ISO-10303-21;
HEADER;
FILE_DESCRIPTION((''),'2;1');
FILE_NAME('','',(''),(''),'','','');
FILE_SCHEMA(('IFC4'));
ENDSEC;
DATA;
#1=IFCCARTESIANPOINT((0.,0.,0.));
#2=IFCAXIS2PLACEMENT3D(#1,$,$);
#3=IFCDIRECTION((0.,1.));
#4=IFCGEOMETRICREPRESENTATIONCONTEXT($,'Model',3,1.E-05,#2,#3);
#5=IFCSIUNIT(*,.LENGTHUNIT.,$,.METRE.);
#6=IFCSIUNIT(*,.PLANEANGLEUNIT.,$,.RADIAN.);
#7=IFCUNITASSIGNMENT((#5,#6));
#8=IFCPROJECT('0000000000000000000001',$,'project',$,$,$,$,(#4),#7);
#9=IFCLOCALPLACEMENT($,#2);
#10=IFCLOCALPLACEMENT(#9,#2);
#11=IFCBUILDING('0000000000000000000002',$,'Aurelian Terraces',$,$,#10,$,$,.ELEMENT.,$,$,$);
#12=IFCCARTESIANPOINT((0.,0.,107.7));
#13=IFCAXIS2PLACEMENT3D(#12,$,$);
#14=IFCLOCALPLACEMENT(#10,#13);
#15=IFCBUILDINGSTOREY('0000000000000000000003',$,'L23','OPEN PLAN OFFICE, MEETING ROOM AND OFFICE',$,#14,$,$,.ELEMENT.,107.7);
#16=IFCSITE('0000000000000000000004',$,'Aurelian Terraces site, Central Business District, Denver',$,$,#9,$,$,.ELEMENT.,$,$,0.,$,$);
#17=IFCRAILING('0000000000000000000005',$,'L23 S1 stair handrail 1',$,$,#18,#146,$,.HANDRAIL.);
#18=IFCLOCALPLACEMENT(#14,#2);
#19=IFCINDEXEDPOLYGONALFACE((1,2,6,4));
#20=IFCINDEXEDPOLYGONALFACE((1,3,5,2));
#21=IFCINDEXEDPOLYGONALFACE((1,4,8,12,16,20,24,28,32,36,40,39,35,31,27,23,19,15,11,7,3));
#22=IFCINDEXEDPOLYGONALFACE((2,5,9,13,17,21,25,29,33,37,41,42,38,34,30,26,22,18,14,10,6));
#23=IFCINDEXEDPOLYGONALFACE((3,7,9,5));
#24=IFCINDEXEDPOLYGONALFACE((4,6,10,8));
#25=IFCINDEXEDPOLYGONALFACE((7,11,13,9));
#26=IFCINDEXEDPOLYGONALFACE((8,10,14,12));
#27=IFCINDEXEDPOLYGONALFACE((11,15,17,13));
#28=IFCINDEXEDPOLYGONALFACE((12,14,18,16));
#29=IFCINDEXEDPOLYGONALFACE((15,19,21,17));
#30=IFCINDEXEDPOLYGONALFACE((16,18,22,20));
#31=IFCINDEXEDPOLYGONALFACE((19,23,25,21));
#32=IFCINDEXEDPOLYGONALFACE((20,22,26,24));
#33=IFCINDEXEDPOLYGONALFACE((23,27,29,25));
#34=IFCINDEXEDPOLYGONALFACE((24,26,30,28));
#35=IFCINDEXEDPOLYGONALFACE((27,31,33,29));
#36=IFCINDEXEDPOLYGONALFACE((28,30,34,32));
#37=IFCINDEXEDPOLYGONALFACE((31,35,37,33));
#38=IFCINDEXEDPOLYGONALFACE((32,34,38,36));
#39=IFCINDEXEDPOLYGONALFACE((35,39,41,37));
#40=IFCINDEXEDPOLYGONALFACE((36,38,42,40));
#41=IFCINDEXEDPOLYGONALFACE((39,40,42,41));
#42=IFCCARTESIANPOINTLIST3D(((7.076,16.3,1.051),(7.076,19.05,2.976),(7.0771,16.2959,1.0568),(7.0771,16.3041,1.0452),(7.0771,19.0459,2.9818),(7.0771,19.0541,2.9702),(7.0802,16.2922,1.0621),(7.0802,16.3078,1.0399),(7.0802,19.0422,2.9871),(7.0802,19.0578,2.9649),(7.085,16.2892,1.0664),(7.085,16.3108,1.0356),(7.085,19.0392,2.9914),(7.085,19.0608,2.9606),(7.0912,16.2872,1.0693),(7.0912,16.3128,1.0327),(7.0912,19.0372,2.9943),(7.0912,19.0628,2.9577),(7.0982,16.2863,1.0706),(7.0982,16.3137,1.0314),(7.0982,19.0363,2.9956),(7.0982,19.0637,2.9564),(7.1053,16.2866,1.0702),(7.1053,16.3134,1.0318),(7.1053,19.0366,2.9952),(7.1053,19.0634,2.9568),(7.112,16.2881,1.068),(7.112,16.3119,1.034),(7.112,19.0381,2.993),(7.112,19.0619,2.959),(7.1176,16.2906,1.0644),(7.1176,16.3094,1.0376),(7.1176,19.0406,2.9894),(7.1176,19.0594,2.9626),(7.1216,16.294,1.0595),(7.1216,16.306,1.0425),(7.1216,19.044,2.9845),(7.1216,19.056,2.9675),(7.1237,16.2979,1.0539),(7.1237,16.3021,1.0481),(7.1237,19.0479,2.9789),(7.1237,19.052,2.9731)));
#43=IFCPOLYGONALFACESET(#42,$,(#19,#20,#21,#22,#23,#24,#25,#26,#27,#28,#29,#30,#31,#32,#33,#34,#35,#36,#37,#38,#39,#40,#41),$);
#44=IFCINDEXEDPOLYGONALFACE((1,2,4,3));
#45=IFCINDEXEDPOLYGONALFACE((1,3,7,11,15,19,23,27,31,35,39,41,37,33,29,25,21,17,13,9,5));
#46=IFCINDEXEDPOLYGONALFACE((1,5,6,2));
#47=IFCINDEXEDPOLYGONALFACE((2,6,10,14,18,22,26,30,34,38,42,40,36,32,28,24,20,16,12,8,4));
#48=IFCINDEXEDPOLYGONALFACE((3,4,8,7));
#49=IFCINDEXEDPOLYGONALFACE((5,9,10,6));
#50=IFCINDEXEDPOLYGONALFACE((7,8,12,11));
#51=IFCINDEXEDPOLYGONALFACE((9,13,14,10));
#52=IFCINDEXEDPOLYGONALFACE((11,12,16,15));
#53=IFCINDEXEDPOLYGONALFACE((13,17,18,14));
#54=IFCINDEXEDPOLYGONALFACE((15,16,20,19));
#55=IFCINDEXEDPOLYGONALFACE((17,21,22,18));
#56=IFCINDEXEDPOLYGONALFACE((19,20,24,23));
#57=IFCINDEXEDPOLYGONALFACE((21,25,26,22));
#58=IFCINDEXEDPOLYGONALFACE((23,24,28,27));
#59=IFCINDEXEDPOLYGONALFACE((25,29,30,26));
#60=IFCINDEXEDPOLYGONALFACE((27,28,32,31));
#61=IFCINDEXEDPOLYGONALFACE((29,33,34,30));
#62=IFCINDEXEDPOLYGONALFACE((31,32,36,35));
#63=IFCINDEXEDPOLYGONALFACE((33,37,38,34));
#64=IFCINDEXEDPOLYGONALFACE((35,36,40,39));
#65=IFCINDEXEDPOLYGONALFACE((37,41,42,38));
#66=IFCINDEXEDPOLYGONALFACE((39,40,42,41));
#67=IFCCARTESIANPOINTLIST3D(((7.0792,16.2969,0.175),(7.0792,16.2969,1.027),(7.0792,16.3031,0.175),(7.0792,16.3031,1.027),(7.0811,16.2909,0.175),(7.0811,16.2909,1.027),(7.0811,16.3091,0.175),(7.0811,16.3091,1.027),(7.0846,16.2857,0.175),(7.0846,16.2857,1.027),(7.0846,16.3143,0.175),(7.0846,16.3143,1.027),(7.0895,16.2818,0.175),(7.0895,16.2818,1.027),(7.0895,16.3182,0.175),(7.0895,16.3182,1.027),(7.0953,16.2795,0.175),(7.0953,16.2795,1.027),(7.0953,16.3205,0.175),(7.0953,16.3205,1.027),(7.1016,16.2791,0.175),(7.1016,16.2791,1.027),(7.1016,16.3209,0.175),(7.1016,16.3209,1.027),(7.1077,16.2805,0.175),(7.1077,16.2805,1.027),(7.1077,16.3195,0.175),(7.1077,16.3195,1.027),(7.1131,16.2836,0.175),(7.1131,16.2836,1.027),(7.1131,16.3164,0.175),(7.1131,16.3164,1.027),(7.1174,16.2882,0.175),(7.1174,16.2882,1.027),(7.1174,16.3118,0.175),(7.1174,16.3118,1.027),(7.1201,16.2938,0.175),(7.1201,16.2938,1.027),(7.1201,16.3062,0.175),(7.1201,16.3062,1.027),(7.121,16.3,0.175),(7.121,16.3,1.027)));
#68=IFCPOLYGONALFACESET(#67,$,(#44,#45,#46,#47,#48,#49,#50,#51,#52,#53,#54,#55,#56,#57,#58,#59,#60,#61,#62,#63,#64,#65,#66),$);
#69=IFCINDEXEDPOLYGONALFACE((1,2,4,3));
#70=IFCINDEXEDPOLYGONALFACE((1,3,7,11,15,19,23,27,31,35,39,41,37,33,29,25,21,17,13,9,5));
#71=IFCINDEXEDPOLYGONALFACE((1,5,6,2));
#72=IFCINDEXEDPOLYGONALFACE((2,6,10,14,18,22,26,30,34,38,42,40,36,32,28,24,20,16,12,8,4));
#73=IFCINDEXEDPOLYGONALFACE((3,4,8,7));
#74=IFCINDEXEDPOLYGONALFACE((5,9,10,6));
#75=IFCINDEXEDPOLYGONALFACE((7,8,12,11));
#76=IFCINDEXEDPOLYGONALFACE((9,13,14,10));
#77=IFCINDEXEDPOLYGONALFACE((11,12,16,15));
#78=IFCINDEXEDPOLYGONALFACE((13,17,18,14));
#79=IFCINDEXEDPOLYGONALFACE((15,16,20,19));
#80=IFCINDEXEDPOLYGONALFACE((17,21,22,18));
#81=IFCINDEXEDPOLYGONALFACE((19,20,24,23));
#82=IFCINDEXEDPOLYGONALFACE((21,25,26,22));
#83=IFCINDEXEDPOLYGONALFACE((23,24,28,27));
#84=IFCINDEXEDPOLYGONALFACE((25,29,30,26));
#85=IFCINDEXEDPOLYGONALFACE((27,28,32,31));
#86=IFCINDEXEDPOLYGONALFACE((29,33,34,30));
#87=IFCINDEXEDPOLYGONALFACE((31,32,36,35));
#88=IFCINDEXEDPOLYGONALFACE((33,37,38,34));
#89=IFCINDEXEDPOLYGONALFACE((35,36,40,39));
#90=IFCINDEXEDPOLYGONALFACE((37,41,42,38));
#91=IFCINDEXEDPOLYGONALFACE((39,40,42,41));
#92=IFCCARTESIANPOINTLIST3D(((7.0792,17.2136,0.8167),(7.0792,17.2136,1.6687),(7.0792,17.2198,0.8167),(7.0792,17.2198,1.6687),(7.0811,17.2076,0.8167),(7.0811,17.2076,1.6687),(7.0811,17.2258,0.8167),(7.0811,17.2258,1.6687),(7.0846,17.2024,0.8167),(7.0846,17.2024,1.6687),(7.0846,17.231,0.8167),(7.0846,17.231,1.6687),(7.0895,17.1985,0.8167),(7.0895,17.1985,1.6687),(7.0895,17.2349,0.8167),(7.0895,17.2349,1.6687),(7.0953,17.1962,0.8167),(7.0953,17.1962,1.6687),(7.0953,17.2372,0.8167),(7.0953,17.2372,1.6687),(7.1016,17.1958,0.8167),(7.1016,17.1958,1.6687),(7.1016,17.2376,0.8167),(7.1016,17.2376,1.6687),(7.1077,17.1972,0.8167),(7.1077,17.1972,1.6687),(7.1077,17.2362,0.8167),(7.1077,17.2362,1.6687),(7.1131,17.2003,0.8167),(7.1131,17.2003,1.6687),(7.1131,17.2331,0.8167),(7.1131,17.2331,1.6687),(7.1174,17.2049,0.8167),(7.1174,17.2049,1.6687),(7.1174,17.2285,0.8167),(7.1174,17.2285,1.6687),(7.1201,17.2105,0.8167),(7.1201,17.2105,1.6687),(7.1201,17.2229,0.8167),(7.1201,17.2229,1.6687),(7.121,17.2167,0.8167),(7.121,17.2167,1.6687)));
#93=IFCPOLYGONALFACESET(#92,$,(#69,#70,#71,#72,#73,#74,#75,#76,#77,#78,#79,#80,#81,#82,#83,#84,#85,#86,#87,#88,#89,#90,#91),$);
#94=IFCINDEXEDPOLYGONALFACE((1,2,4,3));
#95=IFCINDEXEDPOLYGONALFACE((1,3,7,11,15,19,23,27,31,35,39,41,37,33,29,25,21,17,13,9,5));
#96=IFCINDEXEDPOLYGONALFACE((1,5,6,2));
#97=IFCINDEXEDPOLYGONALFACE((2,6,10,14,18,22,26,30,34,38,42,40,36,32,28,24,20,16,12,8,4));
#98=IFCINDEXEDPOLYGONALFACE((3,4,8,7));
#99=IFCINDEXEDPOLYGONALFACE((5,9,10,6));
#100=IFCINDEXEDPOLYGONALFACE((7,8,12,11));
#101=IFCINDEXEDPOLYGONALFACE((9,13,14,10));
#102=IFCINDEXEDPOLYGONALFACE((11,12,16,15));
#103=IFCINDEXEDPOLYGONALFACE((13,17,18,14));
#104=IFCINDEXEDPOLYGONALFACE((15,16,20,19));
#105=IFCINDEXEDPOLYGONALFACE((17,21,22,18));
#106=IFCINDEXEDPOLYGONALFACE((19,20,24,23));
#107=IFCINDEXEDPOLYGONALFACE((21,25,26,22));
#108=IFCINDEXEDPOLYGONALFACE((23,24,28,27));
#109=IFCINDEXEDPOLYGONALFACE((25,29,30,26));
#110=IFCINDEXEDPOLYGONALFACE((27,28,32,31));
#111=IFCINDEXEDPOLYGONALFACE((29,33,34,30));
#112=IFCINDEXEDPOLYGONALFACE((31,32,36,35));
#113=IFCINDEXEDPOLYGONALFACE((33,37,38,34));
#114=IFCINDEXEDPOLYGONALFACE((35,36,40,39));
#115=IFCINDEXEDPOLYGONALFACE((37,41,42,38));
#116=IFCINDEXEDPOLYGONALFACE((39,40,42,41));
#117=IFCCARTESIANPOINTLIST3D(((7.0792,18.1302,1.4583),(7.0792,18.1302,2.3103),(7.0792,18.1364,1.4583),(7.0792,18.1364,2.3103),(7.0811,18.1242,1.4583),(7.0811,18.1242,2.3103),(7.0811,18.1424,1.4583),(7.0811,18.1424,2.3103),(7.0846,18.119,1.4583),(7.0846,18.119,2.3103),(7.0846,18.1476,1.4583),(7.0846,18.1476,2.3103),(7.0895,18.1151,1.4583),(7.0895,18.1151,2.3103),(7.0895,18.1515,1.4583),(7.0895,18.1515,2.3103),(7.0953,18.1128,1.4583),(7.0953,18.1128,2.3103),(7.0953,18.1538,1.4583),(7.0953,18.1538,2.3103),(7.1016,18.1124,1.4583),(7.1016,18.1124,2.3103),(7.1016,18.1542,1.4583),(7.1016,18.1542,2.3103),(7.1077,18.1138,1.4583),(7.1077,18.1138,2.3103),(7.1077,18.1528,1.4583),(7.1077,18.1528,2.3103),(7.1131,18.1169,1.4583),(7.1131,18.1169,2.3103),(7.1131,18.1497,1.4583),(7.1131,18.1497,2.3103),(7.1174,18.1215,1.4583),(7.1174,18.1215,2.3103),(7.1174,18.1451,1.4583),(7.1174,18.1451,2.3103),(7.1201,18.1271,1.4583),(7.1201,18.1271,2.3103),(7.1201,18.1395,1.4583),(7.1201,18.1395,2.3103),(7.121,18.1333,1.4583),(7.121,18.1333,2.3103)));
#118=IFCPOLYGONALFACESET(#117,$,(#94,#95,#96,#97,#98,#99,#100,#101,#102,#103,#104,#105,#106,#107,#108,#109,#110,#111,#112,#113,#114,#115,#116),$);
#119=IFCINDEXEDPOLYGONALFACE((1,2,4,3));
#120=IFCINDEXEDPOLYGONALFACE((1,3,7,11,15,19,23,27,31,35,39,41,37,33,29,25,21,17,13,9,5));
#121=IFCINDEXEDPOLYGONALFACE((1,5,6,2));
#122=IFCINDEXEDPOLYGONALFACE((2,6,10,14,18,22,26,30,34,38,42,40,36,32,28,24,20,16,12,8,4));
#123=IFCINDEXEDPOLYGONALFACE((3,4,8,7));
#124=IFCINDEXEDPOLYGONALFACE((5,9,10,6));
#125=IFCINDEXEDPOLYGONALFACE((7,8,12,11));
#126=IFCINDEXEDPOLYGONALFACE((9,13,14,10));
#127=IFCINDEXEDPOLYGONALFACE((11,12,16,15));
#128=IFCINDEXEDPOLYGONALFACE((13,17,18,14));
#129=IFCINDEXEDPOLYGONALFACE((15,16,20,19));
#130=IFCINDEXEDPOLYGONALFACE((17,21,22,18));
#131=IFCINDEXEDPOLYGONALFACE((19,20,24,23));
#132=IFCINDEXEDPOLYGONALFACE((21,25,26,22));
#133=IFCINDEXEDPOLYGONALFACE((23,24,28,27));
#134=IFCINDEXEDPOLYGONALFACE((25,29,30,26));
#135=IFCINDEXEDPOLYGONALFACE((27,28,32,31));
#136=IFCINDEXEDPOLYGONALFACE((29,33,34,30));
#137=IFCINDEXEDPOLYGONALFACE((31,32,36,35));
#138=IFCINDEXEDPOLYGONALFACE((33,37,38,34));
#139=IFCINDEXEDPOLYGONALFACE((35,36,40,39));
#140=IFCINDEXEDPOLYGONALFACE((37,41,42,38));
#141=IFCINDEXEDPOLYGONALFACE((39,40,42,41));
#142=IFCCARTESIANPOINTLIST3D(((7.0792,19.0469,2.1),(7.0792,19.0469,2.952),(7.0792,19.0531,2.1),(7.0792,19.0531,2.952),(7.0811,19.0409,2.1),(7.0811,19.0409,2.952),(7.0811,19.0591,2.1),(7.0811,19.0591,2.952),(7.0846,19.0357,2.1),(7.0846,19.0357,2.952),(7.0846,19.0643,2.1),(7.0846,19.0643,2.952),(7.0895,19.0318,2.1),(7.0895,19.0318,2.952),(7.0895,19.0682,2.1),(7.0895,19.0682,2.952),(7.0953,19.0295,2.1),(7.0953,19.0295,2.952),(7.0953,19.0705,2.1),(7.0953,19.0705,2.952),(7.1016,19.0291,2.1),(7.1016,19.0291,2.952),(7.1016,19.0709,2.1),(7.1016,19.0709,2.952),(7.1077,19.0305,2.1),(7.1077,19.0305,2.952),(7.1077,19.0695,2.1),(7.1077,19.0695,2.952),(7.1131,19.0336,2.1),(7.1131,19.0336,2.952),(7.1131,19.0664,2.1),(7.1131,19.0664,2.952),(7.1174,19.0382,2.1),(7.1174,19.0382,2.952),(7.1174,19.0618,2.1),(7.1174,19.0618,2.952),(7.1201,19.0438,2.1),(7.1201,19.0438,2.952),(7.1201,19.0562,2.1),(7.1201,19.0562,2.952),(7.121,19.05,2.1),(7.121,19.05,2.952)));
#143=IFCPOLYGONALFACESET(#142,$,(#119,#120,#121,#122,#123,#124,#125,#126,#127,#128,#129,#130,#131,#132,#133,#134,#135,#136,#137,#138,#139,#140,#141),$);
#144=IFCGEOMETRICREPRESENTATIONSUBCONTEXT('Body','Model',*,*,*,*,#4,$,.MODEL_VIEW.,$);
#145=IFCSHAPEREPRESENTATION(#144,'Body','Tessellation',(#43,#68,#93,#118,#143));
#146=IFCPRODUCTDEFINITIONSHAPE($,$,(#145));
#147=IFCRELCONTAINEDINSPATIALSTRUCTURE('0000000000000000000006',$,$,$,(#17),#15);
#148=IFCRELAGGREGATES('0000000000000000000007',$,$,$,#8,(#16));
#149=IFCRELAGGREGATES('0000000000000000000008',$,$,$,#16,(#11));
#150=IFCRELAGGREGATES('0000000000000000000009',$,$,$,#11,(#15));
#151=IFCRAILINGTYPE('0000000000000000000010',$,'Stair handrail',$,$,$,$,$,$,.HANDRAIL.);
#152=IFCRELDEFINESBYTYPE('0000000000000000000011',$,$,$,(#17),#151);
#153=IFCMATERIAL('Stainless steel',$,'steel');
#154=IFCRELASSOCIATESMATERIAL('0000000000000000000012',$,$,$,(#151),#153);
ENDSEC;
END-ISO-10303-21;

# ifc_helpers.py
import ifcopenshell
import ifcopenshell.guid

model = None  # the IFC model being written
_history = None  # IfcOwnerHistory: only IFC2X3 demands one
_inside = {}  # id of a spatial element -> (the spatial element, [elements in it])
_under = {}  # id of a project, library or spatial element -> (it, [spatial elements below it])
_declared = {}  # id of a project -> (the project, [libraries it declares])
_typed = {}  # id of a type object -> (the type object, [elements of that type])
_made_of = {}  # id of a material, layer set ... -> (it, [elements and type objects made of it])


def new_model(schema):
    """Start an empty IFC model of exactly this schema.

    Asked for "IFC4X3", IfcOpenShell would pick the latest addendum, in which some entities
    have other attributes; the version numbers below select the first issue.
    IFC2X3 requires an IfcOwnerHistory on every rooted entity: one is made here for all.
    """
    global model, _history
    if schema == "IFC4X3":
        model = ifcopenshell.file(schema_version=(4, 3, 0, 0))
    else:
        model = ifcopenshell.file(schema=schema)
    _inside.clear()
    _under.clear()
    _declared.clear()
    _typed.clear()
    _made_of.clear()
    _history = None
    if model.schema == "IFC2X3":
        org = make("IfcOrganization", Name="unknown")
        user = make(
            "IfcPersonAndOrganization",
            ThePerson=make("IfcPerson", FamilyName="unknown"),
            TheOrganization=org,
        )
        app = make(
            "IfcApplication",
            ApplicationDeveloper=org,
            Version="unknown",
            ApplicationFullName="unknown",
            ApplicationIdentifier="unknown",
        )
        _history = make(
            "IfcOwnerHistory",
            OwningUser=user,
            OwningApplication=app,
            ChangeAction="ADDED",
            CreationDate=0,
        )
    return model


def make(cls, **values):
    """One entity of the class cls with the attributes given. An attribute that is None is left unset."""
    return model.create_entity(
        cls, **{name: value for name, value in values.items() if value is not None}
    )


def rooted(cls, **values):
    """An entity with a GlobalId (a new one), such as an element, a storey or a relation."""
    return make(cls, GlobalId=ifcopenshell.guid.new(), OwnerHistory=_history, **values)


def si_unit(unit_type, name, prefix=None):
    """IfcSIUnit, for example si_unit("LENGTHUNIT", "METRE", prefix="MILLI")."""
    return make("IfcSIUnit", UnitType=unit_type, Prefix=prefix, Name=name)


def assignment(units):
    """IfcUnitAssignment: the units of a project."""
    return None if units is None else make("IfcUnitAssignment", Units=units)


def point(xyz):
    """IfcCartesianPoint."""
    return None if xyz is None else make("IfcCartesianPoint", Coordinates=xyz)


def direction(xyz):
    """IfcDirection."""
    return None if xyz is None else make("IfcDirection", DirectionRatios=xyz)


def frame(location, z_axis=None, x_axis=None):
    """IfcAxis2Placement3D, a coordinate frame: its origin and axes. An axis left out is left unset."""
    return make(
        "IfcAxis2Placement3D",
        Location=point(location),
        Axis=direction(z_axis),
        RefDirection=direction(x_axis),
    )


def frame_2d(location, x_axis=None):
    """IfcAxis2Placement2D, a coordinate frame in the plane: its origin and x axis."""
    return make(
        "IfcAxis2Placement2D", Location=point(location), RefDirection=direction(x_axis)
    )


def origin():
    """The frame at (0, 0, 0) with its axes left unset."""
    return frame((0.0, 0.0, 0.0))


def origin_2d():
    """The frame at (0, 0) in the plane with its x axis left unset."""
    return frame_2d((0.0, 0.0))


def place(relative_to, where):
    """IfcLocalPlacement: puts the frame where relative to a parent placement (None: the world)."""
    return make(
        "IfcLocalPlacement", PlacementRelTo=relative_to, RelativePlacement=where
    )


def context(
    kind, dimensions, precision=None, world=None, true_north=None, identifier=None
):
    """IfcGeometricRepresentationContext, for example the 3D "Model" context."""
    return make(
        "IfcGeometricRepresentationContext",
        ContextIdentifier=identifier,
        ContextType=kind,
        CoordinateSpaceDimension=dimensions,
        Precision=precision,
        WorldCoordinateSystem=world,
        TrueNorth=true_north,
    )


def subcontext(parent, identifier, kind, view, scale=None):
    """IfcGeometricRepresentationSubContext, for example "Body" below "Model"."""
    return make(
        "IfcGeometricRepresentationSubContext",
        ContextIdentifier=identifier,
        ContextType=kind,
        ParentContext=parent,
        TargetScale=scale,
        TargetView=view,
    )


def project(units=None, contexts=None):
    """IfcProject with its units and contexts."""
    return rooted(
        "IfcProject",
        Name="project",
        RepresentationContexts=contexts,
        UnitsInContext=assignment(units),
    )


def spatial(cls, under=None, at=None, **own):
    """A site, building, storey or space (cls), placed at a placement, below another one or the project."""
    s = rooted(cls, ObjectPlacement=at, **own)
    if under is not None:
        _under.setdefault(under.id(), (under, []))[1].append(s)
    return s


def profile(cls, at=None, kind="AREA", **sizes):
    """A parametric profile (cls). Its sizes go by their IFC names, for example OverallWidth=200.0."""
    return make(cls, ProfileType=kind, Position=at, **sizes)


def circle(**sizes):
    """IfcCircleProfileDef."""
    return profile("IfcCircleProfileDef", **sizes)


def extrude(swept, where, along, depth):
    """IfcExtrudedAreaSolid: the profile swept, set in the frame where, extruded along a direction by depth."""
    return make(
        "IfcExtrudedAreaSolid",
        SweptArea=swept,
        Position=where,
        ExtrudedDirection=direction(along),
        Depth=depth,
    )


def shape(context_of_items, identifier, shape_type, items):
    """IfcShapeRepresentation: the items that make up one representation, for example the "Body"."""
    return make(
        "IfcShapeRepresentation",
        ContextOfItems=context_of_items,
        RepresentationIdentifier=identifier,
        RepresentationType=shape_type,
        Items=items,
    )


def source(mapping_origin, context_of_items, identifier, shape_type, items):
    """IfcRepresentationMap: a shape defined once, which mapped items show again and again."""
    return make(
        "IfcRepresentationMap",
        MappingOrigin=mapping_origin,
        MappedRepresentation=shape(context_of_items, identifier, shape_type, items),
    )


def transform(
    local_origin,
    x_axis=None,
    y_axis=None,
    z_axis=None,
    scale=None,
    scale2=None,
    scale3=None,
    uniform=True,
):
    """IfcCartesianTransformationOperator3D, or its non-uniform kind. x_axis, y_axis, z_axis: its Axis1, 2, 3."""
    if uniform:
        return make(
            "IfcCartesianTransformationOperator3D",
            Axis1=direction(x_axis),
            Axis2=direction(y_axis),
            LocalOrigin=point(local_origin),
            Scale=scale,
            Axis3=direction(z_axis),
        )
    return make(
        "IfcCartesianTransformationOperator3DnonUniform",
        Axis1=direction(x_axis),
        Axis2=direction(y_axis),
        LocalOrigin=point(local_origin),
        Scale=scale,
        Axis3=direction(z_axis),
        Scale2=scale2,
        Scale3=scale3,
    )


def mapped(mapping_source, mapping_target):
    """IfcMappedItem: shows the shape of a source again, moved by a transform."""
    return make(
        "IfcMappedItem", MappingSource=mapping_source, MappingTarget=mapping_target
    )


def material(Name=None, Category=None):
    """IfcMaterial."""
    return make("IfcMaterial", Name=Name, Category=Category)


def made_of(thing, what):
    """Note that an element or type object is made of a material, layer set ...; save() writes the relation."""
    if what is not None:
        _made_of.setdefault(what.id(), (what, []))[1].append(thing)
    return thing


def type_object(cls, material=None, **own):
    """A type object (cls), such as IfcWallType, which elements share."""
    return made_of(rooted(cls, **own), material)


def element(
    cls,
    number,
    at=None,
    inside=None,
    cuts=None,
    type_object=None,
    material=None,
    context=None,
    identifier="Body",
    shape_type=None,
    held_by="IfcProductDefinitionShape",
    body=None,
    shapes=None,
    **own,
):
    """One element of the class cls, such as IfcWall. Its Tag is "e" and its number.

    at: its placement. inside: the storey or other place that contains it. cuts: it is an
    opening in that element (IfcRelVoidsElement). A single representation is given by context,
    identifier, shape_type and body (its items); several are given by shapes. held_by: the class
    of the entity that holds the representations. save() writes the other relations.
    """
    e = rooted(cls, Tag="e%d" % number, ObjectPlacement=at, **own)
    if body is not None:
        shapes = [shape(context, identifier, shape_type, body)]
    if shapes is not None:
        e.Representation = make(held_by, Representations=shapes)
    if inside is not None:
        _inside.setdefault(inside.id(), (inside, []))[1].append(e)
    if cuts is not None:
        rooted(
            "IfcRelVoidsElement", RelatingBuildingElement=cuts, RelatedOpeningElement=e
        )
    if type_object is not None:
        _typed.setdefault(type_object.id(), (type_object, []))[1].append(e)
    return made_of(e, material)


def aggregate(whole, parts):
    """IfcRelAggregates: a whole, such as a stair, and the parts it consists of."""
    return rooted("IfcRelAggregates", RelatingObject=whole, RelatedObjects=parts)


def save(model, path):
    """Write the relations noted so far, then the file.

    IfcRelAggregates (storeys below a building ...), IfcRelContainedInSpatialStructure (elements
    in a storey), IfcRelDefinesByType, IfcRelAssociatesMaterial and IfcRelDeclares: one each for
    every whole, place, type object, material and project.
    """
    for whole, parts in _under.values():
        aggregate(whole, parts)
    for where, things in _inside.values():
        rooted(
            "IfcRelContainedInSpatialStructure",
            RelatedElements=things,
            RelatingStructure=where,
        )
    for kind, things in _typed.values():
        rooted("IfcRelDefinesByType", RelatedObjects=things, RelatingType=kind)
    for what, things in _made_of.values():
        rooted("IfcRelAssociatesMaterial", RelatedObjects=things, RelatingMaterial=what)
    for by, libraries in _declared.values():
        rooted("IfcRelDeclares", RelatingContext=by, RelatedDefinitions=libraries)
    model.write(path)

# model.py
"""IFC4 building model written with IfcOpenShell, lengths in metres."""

from ifc_helpers import new_model, si_unit, direction, frame, origin, origin_2d, place, context, subcontext, project, spatial, circle, extrude, source, transform, mapped, material, type_object, element, save


model = new_model("IFC4")

# Units and contexts
model_context = context("Model", 3, precision=1e-05, world=origin(), true_north=direction((0.0, 1.0)))
body_context = subcontext(model_context, "Body", "Model", "MODEL_VIEW")
ifc_project = project(units=[si_unit("LENGTHUNIT", "METRE"), si_unit("PLANEANGLEUNIT", "RADIAN")], contexts=[model_context])

# Site, building, storey
site_placement = place(None, origin())
site = spatial("IfcSite", under=ifc_project, at=site_placement, Name="Aurelian Terraces site, Central Business District, Denver", CompositionType="ELEMENT", RefElevation=0.0)
building_placement = place(site_placement, origin())
building = spatial("IfcBuilding", under=site, at=building_placement, Name="Aurelian Terraces", CompositionType="ELEMENT")
storey_placement = place(building_placement, frame((0.0, 0.0, 107.7)))
storey = spatial("IfcBuildingStorey", under=building, at=storey_placement, Name="L23", Description="OPEN PLAN OFFICE, MEETING ROOM AND OFFICE", CompositionType="ELEMENT", Elevation=107.7)

# Shared definitions
ifc_material_1 = material(Name="Stainless steel", Category="steel")

# Railing
railing_type_1 = type_object("IfcRailingType", Name="Stair handrail", PredefinedType="HANDRAIL", material=ifc_material_1)
shared_shape_1 = source(origin(), body_context, "Body", "SweptSolid", [
    extrude(circle(Radius=0.024, at=origin_2d()), frame((0.0, 0.0, 0.876), z_axis=(0.0, 0.819232, 0.573462), x_axis=(-1.0, 0.0, 0.0)), (0.0, 0.0, 1.0), 3.3568),
    extrude(circle(Radius=0.021, at=origin_2d()), origin(), (0.0, 0.0, 1.0), 0.852),
    extrude(circle(Radius=0.021, at=origin_2d()), frame((0.0, 0.9167, 0.6417)), (0.0, 0.0, 1.0), 0.852),
    extrude(circle(Radius=0.021, at=origin_2d()), frame((0.0, 1.8333, 1.2833)), (0.0, 0.0, 1.0), 0.852),
    extrude(circle(Radius=0.021, at=origin_2d()), frame((0.0, 2.75, 1.925)), (0.0, 0.0, 1.0), 0.852),
])
railing_1_placement = place(storey_placement, frame((7.1, 16.3, 0.175)))
element("IfcRailing", 1, at=railing_1_placement, inside=storey, type_object=railing_type_1, Name="L23 S1 stair handrail 1", PredefinedType="HANDRAIL", context=body_context, shape_type="MappedRepresentation", body=[
    mapped(shared_shape_1, transform((0.0, 0.0, 0.0), scale=1.0)),
])

save(model, "model.ifc")
